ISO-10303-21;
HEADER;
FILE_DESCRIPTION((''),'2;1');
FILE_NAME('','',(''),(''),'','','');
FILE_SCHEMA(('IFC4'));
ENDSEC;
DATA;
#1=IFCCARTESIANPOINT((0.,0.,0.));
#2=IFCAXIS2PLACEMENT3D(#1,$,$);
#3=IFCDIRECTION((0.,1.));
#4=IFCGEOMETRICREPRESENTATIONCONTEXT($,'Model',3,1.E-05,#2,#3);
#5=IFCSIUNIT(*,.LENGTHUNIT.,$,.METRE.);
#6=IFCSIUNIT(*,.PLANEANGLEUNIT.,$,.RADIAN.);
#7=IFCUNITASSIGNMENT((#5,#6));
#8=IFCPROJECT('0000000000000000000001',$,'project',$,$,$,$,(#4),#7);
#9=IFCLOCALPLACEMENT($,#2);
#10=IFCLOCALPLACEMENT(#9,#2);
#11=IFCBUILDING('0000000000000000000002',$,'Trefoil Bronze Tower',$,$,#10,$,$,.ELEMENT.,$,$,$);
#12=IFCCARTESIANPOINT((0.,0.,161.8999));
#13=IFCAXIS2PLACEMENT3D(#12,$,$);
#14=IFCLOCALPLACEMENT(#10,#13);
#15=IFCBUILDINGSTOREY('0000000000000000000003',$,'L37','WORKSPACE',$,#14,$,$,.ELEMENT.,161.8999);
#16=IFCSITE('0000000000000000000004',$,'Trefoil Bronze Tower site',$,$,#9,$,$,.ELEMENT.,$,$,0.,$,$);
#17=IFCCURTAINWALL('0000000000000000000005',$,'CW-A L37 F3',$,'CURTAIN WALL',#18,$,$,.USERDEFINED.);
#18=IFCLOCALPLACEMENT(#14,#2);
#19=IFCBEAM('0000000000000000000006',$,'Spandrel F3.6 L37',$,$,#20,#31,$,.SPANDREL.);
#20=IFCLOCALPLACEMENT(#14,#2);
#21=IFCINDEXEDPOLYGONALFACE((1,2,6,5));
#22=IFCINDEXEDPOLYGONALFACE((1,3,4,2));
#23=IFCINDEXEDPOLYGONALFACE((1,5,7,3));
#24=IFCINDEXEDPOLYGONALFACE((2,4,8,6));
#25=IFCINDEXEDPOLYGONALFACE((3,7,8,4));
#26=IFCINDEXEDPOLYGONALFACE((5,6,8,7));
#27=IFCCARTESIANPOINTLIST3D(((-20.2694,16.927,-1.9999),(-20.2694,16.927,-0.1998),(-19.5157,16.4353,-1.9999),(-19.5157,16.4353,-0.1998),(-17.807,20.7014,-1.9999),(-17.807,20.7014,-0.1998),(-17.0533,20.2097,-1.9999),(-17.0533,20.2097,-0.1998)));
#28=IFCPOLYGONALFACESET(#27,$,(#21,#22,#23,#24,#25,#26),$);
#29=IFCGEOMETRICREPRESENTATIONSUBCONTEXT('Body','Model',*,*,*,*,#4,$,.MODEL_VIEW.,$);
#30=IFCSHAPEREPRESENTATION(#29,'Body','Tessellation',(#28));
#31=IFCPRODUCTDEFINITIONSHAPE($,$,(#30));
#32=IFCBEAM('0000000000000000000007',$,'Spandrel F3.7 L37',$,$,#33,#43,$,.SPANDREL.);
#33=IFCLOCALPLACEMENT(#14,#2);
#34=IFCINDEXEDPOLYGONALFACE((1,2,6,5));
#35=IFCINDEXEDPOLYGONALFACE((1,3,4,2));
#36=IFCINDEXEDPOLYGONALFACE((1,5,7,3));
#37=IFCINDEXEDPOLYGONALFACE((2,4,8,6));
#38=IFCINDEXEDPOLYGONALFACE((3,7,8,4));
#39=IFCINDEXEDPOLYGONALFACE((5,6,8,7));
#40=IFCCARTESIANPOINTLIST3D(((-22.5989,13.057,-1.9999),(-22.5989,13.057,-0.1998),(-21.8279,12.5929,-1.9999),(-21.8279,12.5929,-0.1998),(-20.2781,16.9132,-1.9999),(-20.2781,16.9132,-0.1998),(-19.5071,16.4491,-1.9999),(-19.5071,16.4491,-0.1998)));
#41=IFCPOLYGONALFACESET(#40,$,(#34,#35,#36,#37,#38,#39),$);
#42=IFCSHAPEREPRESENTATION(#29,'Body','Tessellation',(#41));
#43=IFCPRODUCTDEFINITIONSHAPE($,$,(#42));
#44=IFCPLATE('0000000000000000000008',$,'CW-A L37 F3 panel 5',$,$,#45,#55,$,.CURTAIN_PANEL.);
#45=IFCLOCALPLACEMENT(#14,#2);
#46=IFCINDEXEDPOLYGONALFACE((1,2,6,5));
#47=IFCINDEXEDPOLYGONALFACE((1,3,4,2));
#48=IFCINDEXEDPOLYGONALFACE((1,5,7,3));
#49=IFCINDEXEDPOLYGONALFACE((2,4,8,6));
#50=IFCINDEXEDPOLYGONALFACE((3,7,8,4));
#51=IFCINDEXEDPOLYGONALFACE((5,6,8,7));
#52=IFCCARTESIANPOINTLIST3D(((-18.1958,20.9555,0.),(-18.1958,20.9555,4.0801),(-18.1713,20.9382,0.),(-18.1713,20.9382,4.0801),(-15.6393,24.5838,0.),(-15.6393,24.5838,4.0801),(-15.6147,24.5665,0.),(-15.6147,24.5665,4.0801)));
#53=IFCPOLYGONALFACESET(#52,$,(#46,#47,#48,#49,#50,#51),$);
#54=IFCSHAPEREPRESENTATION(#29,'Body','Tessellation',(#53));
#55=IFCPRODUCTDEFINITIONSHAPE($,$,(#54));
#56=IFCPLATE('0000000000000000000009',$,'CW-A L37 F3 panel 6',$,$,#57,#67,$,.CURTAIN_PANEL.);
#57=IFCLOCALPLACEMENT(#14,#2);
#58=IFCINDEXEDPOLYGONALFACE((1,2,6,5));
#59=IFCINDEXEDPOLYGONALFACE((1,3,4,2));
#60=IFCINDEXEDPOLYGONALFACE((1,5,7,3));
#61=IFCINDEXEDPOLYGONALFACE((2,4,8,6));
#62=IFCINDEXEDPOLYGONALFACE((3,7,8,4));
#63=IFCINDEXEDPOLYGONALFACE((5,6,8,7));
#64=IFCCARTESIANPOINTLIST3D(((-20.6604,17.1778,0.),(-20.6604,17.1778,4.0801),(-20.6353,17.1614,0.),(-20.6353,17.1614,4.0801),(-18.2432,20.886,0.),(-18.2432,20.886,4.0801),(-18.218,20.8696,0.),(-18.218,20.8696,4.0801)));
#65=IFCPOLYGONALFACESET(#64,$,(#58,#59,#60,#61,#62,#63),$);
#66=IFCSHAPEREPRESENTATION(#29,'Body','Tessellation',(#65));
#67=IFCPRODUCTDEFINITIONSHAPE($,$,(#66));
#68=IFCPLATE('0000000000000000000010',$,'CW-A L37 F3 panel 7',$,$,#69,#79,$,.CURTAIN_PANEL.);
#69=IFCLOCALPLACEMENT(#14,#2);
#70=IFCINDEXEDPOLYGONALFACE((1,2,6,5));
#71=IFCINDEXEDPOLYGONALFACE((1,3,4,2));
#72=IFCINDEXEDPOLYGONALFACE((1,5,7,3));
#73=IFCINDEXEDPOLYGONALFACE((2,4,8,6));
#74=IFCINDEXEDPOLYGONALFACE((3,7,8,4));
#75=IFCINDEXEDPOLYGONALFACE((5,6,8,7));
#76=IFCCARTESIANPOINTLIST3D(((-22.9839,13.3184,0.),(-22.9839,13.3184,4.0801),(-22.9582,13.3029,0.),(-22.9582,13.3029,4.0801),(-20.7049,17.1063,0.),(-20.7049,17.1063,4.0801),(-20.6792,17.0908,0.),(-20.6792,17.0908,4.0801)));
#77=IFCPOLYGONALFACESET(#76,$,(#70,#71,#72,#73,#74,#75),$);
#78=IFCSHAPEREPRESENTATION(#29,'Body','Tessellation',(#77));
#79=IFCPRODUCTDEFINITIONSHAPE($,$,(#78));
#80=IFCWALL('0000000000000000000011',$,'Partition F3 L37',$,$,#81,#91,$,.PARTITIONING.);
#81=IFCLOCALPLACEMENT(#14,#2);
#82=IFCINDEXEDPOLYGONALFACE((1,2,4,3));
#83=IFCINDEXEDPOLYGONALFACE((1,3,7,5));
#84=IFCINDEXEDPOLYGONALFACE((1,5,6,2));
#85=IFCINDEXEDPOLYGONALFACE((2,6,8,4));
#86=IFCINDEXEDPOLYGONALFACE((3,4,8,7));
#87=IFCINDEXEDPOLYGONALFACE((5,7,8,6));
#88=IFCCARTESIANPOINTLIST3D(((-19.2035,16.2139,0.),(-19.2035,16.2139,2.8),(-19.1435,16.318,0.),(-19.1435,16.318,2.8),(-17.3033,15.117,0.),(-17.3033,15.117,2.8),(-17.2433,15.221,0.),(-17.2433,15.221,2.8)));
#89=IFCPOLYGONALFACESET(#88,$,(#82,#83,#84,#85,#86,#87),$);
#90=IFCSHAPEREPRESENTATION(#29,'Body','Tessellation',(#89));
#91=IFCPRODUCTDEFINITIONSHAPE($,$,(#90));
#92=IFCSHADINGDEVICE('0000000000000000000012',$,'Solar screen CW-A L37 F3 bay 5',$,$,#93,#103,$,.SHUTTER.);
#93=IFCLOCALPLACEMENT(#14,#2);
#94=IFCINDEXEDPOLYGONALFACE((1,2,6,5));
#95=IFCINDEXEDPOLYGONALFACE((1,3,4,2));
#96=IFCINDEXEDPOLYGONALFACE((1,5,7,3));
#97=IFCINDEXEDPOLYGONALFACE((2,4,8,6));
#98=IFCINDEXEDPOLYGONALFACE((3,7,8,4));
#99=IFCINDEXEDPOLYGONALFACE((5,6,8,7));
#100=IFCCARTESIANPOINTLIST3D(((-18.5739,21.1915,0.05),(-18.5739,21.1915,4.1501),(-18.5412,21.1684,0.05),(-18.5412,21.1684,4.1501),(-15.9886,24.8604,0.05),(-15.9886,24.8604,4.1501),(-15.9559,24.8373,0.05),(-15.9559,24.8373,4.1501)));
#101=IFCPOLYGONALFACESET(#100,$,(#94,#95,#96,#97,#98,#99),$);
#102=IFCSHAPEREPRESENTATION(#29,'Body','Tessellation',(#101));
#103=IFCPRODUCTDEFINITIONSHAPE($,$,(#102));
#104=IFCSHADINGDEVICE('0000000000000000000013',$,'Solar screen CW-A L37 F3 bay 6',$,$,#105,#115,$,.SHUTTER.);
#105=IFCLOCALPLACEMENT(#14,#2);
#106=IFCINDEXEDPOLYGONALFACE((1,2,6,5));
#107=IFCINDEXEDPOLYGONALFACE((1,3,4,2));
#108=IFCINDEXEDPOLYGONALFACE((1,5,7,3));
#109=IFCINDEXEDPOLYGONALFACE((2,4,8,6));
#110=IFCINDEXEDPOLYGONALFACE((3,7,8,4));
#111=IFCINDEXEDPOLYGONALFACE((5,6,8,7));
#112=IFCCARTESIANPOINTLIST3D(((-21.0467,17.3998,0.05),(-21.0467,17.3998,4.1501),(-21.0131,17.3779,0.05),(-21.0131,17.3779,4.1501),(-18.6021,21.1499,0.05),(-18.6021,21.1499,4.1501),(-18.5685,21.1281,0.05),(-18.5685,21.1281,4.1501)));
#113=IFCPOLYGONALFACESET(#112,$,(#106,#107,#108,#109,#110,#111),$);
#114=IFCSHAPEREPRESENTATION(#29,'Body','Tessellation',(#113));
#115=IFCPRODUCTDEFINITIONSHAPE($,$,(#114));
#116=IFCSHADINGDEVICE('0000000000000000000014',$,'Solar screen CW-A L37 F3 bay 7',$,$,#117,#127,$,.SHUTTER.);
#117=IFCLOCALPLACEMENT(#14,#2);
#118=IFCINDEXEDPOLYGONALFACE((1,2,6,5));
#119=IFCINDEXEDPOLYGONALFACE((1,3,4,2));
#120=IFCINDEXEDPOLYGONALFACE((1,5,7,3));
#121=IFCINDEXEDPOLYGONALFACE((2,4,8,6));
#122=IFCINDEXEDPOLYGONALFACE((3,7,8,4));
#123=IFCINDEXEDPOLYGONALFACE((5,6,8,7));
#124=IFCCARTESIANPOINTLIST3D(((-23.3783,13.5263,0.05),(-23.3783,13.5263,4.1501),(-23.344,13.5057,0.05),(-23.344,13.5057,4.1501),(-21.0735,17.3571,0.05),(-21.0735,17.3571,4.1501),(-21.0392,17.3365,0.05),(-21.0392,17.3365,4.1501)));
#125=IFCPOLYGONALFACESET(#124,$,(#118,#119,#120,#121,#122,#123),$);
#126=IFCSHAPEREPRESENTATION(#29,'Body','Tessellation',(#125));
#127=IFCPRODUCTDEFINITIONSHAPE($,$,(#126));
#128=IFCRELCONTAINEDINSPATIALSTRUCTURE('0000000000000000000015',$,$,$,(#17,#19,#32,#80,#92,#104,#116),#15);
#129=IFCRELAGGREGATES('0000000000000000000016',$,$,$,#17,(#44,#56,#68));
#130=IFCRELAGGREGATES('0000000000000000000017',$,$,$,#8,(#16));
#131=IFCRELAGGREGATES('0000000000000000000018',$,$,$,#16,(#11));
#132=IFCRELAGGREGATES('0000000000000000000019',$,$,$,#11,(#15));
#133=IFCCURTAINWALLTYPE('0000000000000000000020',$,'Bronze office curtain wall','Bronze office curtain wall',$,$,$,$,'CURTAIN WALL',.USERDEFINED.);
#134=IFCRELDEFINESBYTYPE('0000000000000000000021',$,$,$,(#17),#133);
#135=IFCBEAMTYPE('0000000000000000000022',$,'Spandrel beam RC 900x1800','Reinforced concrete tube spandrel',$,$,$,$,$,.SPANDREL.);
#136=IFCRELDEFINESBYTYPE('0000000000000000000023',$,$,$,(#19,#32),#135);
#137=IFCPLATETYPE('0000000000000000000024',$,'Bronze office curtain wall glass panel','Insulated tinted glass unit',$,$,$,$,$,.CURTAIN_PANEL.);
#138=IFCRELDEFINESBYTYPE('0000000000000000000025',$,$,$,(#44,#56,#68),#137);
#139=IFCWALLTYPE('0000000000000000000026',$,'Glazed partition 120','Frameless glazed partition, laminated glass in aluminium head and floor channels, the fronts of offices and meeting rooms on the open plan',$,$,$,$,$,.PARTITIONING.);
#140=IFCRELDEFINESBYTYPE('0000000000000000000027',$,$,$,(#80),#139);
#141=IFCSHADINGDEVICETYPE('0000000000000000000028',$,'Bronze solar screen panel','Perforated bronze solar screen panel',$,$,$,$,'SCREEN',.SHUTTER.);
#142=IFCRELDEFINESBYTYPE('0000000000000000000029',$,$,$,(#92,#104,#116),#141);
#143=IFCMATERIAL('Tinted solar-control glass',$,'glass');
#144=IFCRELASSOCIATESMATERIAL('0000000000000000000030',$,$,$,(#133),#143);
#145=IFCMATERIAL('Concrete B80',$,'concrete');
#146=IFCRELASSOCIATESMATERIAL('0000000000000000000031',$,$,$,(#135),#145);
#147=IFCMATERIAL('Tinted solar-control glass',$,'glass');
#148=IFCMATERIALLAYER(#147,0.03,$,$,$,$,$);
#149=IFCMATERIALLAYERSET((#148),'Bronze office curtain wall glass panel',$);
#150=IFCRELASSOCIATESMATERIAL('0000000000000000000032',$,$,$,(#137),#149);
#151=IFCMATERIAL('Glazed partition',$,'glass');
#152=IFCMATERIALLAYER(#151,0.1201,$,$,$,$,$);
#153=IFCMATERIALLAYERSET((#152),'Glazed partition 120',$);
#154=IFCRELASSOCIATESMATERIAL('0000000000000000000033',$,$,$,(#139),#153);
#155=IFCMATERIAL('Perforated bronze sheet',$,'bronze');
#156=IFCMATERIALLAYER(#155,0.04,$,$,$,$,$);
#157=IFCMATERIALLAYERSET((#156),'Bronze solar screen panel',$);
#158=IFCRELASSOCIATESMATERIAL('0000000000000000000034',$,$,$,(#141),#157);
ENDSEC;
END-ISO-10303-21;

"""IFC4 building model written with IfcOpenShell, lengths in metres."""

from ifc_helpers import new_model, si_unit, direction, frame, frame_2d, origin, origin_2d, place, context, subcontext, project, spatial, rectangle, extrude, material, layer, layer_set, material_profile, profile_set, type_object, element, aggregate, save


model = new_model("IFC4")

# Units and contexts
model_context = context("Model", 3, precision=1e-05, world=origin(), true_north=direction((0.0, 1.0)))
body_context = subcontext(model_context, "Body", "Model", "MODEL_VIEW")
ifc_project = project(units=[si_unit("LENGTHUNIT", "METRE"), si_unit("PLANEANGLEUNIT", "RADIAN")], contexts=[model_context])

# Site, building, storey
site_placement = place(None, origin())
site = spatial("IfcSite", under=ifc_project, at=site_placement, Name="Trefoil Bronze Tower site", CompositionType="ELEMENT", RefElevation=0.0)
building_placement = place(site_placement, origin())
building = spatial("IfcBuilding", under=site, at=building_placement, Name="Trefoil Bronze Tower", CompositionType="ELEMENT")
storey_placement = place(building_placement, frame((0.0, 0.0, 161.8999)))
storey = spatial("IfcBuildingStorey", under=building, at=storey_placement, Name="L37", Description="WORKSPACE", CompositionType="ELEMENT", Elevation=161.8999)

# Curtain wall
ifc_material_1 = material(Name="Tinted solar-control glass", Category="glass")
curtain_wall_type = type_object("IfcCurtainWallType", Name="Bronze office curtain wall", Description="Bronze office curtain wall", ElementType="CURTAIN WALL", PredefinedType="USERDEFINED", material=ifc_material_1)
curtain_wall_placement = place(storey_placement, origin())
curtain_wall = element("IfcCurtainWall", 1, at=curtain_wall_placement, inside=storey, type_object=curtain_wall_type, Name="CW-A L37 F3", ObjectType="CURTAIN WALL", PredefinedType="USERDEFINED")

# Beams
ifc_material_2 = material(Name="Concrete B80", Category="concrete")
ifc_material_profile_1 = material_profile(ifc_material_2, rectangle(XDim=0.8999, YDim=1.8, at=origin_2d()), Name="RC 900x1800")
ifc_profile_set_1 = profile_set([ifc_material_profile_1], Name="Concrete B80")
beam_type_1 = type_object("IfcBeamType", Name="Spandrel beam RC 900x1800", Description="Reinforced concrete tube spandrel", PredefinedType="SPANDREL", material=ifc_profile_set_1)
beam_1_placement = place(storey_placement, frame((-17.4302, 20.4556, -1.0999), z_axis=(-0.546397, -0.837527, 0.0), x_axis=(0.837527, -0.546397, 0.0)))
element("IfcBeam", 2, at=beam_1_placement, inside=storey, type_object=beam_type_1, Name="Spandrel F3.6 L37", PredefinedType="SPANDREL", context=body_context, shape_type="SweptSolid", body=[
    extrude(rectangle(XDim=0.8999, YDim=1.8, at=origin_2d()), origin(), (0.0, 0.0, 1.0), 4.5066),
])
beam_2_placement = place(storey_placement, frame((-19.8926, 16.6812, -1.0999), z_axis=(-0.515652, -0.856798, 0.0), x_axis=(0.856798, -0.515652, 0.0)))
element("IfcBeam", 3, at=beam_2_placement, inside=storey, type_object=beam_type_1, Name="Spandrel F3.7 L37", PredefinedType="SPANDREL", context=body_context, shape_type="SweptSolid", body=[
    extrude(rectangle(XDim=0.8999, YDim=1.8, at=origin_2d()), origin(), (0.0, 0.0, 1.0), 4.5007),
])

# Plates
ifc_material_3 = material(Name="Tinted solar-control glass", Category="glass")
ifc_layer_1 = layer(ifc_material_3, 0.03)
ifc_layer_set_1 = layer_set([ifc_layer_1], Name="Bronze office curtain wall glass panel")
plate_type = type_object("IfcPlateType", Name="Bronze office curtain wall glass panel", Description="Insulated tinted glass unit", PredefinedType="CURTAIN_PANEL", material=ifc_layer_set_1)
plate_1_placement = place(storey_placement, frame((-16.9053, 22.761, 0.0), z_axis=(0.0, 0.0, 1.0), x_axis=(-0.575999, -0.81745, 0.0)))
plate_1 = element("IfcPlate", 4, at=plate_1_placement, type_object=plate_type, Name="CW-A L37 F3 panel 5", PredefinedType="CURTAIN_PANEL", context=body_context, shape_type="SweptSolid", body=[
    extrude(rectangle(XDim=4.4385, YDim=0.03, at=origin_2d()), origin(), (0.0, 0.0, 1.0), 4.0801),
])
plate_2_placement = place(storey_placement, frame((-19.4392, 19.0237, 0.0), z_axis=(0.0, 0.0, 1.0), x_axis=(-0.546089, -0.837727, 0.0)))
plate_2 = element("IfcPlate", 5, at=plate_2_placement, type_object=plate_type, Name="CW-A L37 F3 panel 6", PredefinedType="CURTAIN_PANEL", context=body_context, shape_type="SweptSolid", body=[
    extrude(rectangle(XDim=4.4265, YDim=0.03, at=origin_2d()), origin(), (0.0, 0.0, 1.0), 4.0801),
])
plate_3_placement = place(storey_placement, frame((-21.8315, 15.2046, 0.0), z_axis=(0.0, 0.0, 1.0), x_axis=(-0.515525, -0.856874, 0.0)))
plate_3 = element("IfcPlate", 6, at=plate_3_placement, type_object=plate_type, Name="CW-A L37 F3 panel 7", PredefinedType="CURTAIN_PANEL", context=body_context, shape_type="SweptSolid", body=[
    extrude(rectangle(XDim=4.4207, YDim=0.03, at=origin_2d()), origin(), (0.0, 0.0, 1.0), 4.0801),
])
aggregate(curtain_wall, [plate_1, plate_2, plate_3])

# Wall
ifc_material_4 = material(Name="Glazed partition", Category="glass")
ifc_layer_2 = layer(ifc_material_4, 0.1201)
ifc_layer_set_2 = layer_set([ifc_layer_2], Name="Glazed partition 120")
wall_type = type_object("IfcWallType", Name="Glazed partition 120", Description="Frameless glazed partition, laminated glass in aluminium head and floor channels, the fronts of offices and meeting rooms on the open plan", PredefinedType="PARTITIONING", material=ifc_layer_set_2)
wall_placement = place(storey_placement, frame((-17.2732, 15.1689, 0.0), z_axis=(0.0, 0.0, 1.0), x_axis=(-0.86605, 0.499957, 0.0)))
element("IfcWall", 7, at=wall_placement, inside=storey, type_object=wall_type, Name="Partition F3 L37", PredefinedType="PARTITIONING", context=body_context, shape_type="SweptSolid", body=[
    extrude(rectangle(XDim=2.1941, YDim=0.1201, at=frame_2d((1.0972, 0.0))), origin(), (0.0, 0.0, 1.0), 2.8),
])

# Shading devices
ifc_material_5 = material(Name="Perforated bronze sheet", Category="bronze")
ifc_layer_3 = layer(ifc_material_5, 0.04)
ifc_layer_set_3 = layer_set([ifc_layer_3], Name="Bronze solar screen panel")
shading_device_type = type_object("IfcShadingDeviceType", Name="Bronze solar screen panel", Description="Perforated bronze solar screen panel", ElementType="SCREEN", PredefinedType="SHUTTER", material=ifc_layer_set_3)
shading_device_1_placement = place(storey_placement, frame((-17.2649, 23.0144, 0.05), z_axis=(0.0, 0.0, 1.0), x_axis=(-0.575999, -0.81745, 0.0)))
element("IfcShadingDevice", 8, at=shading_device_1_placement, inside=storey, type_object=shading_device_type, Name="Solar screen CW-A L37 F3 bay 5", PredefinedType="SHUTTER", context=body_context, shape_type="SweptSolid", body=[
    extrude(rectangle(XDim=4.4883, YDim=0.04, at=origin_2d()), origin(), (0.0, 0.0, 1.0), 4.1001),
])
shading_device_2_placement = place(storey_placement, frame((-19.8076, 19.2639, 0.05), z_axis=(0.0, 0.0, 1.0), x_axis=(-0.546089, -0.837727, 0.0)))
element("IfcShadingDevice", 9, at=shading_device_2_placement, inside=storey, type_object=shading_device_type, Name="Solar screen CW-A L37 F3 bay 6", PredefinedType="SHUTTER", context=body_context, shape_type="SweptSolid", body=[
    extrude(rectangle(XDim=4.4766, YDim=0.04, at=origin_2d()), origin(), (0.0, 0.0, 1.0), 4.1001),
])
shading_device_3_placement = place(storey_placement, frame((-22.2087, 15.4314, 0.05), z_axis=(0.0, 0.0, 1.0), x_axis=(-0.515525, -0.856874, 0.0)))
element("IfcShadingDevice", 10, at=shading_device_3_placement, inside=storey, type_object=shading_device_type, Name="Solar screen CW-A L37 F3 bay 7", PredefinedType="SHUTTER", context=body_context, shape_type="SweptSolid", body=[
    extrude(rectangle(XDim=4.4707, YDim=0.04, at=origin_2d()), origin(), (0.0, 0.0, 1.0), 4.1001),
])

save(model, "model.ifc")
